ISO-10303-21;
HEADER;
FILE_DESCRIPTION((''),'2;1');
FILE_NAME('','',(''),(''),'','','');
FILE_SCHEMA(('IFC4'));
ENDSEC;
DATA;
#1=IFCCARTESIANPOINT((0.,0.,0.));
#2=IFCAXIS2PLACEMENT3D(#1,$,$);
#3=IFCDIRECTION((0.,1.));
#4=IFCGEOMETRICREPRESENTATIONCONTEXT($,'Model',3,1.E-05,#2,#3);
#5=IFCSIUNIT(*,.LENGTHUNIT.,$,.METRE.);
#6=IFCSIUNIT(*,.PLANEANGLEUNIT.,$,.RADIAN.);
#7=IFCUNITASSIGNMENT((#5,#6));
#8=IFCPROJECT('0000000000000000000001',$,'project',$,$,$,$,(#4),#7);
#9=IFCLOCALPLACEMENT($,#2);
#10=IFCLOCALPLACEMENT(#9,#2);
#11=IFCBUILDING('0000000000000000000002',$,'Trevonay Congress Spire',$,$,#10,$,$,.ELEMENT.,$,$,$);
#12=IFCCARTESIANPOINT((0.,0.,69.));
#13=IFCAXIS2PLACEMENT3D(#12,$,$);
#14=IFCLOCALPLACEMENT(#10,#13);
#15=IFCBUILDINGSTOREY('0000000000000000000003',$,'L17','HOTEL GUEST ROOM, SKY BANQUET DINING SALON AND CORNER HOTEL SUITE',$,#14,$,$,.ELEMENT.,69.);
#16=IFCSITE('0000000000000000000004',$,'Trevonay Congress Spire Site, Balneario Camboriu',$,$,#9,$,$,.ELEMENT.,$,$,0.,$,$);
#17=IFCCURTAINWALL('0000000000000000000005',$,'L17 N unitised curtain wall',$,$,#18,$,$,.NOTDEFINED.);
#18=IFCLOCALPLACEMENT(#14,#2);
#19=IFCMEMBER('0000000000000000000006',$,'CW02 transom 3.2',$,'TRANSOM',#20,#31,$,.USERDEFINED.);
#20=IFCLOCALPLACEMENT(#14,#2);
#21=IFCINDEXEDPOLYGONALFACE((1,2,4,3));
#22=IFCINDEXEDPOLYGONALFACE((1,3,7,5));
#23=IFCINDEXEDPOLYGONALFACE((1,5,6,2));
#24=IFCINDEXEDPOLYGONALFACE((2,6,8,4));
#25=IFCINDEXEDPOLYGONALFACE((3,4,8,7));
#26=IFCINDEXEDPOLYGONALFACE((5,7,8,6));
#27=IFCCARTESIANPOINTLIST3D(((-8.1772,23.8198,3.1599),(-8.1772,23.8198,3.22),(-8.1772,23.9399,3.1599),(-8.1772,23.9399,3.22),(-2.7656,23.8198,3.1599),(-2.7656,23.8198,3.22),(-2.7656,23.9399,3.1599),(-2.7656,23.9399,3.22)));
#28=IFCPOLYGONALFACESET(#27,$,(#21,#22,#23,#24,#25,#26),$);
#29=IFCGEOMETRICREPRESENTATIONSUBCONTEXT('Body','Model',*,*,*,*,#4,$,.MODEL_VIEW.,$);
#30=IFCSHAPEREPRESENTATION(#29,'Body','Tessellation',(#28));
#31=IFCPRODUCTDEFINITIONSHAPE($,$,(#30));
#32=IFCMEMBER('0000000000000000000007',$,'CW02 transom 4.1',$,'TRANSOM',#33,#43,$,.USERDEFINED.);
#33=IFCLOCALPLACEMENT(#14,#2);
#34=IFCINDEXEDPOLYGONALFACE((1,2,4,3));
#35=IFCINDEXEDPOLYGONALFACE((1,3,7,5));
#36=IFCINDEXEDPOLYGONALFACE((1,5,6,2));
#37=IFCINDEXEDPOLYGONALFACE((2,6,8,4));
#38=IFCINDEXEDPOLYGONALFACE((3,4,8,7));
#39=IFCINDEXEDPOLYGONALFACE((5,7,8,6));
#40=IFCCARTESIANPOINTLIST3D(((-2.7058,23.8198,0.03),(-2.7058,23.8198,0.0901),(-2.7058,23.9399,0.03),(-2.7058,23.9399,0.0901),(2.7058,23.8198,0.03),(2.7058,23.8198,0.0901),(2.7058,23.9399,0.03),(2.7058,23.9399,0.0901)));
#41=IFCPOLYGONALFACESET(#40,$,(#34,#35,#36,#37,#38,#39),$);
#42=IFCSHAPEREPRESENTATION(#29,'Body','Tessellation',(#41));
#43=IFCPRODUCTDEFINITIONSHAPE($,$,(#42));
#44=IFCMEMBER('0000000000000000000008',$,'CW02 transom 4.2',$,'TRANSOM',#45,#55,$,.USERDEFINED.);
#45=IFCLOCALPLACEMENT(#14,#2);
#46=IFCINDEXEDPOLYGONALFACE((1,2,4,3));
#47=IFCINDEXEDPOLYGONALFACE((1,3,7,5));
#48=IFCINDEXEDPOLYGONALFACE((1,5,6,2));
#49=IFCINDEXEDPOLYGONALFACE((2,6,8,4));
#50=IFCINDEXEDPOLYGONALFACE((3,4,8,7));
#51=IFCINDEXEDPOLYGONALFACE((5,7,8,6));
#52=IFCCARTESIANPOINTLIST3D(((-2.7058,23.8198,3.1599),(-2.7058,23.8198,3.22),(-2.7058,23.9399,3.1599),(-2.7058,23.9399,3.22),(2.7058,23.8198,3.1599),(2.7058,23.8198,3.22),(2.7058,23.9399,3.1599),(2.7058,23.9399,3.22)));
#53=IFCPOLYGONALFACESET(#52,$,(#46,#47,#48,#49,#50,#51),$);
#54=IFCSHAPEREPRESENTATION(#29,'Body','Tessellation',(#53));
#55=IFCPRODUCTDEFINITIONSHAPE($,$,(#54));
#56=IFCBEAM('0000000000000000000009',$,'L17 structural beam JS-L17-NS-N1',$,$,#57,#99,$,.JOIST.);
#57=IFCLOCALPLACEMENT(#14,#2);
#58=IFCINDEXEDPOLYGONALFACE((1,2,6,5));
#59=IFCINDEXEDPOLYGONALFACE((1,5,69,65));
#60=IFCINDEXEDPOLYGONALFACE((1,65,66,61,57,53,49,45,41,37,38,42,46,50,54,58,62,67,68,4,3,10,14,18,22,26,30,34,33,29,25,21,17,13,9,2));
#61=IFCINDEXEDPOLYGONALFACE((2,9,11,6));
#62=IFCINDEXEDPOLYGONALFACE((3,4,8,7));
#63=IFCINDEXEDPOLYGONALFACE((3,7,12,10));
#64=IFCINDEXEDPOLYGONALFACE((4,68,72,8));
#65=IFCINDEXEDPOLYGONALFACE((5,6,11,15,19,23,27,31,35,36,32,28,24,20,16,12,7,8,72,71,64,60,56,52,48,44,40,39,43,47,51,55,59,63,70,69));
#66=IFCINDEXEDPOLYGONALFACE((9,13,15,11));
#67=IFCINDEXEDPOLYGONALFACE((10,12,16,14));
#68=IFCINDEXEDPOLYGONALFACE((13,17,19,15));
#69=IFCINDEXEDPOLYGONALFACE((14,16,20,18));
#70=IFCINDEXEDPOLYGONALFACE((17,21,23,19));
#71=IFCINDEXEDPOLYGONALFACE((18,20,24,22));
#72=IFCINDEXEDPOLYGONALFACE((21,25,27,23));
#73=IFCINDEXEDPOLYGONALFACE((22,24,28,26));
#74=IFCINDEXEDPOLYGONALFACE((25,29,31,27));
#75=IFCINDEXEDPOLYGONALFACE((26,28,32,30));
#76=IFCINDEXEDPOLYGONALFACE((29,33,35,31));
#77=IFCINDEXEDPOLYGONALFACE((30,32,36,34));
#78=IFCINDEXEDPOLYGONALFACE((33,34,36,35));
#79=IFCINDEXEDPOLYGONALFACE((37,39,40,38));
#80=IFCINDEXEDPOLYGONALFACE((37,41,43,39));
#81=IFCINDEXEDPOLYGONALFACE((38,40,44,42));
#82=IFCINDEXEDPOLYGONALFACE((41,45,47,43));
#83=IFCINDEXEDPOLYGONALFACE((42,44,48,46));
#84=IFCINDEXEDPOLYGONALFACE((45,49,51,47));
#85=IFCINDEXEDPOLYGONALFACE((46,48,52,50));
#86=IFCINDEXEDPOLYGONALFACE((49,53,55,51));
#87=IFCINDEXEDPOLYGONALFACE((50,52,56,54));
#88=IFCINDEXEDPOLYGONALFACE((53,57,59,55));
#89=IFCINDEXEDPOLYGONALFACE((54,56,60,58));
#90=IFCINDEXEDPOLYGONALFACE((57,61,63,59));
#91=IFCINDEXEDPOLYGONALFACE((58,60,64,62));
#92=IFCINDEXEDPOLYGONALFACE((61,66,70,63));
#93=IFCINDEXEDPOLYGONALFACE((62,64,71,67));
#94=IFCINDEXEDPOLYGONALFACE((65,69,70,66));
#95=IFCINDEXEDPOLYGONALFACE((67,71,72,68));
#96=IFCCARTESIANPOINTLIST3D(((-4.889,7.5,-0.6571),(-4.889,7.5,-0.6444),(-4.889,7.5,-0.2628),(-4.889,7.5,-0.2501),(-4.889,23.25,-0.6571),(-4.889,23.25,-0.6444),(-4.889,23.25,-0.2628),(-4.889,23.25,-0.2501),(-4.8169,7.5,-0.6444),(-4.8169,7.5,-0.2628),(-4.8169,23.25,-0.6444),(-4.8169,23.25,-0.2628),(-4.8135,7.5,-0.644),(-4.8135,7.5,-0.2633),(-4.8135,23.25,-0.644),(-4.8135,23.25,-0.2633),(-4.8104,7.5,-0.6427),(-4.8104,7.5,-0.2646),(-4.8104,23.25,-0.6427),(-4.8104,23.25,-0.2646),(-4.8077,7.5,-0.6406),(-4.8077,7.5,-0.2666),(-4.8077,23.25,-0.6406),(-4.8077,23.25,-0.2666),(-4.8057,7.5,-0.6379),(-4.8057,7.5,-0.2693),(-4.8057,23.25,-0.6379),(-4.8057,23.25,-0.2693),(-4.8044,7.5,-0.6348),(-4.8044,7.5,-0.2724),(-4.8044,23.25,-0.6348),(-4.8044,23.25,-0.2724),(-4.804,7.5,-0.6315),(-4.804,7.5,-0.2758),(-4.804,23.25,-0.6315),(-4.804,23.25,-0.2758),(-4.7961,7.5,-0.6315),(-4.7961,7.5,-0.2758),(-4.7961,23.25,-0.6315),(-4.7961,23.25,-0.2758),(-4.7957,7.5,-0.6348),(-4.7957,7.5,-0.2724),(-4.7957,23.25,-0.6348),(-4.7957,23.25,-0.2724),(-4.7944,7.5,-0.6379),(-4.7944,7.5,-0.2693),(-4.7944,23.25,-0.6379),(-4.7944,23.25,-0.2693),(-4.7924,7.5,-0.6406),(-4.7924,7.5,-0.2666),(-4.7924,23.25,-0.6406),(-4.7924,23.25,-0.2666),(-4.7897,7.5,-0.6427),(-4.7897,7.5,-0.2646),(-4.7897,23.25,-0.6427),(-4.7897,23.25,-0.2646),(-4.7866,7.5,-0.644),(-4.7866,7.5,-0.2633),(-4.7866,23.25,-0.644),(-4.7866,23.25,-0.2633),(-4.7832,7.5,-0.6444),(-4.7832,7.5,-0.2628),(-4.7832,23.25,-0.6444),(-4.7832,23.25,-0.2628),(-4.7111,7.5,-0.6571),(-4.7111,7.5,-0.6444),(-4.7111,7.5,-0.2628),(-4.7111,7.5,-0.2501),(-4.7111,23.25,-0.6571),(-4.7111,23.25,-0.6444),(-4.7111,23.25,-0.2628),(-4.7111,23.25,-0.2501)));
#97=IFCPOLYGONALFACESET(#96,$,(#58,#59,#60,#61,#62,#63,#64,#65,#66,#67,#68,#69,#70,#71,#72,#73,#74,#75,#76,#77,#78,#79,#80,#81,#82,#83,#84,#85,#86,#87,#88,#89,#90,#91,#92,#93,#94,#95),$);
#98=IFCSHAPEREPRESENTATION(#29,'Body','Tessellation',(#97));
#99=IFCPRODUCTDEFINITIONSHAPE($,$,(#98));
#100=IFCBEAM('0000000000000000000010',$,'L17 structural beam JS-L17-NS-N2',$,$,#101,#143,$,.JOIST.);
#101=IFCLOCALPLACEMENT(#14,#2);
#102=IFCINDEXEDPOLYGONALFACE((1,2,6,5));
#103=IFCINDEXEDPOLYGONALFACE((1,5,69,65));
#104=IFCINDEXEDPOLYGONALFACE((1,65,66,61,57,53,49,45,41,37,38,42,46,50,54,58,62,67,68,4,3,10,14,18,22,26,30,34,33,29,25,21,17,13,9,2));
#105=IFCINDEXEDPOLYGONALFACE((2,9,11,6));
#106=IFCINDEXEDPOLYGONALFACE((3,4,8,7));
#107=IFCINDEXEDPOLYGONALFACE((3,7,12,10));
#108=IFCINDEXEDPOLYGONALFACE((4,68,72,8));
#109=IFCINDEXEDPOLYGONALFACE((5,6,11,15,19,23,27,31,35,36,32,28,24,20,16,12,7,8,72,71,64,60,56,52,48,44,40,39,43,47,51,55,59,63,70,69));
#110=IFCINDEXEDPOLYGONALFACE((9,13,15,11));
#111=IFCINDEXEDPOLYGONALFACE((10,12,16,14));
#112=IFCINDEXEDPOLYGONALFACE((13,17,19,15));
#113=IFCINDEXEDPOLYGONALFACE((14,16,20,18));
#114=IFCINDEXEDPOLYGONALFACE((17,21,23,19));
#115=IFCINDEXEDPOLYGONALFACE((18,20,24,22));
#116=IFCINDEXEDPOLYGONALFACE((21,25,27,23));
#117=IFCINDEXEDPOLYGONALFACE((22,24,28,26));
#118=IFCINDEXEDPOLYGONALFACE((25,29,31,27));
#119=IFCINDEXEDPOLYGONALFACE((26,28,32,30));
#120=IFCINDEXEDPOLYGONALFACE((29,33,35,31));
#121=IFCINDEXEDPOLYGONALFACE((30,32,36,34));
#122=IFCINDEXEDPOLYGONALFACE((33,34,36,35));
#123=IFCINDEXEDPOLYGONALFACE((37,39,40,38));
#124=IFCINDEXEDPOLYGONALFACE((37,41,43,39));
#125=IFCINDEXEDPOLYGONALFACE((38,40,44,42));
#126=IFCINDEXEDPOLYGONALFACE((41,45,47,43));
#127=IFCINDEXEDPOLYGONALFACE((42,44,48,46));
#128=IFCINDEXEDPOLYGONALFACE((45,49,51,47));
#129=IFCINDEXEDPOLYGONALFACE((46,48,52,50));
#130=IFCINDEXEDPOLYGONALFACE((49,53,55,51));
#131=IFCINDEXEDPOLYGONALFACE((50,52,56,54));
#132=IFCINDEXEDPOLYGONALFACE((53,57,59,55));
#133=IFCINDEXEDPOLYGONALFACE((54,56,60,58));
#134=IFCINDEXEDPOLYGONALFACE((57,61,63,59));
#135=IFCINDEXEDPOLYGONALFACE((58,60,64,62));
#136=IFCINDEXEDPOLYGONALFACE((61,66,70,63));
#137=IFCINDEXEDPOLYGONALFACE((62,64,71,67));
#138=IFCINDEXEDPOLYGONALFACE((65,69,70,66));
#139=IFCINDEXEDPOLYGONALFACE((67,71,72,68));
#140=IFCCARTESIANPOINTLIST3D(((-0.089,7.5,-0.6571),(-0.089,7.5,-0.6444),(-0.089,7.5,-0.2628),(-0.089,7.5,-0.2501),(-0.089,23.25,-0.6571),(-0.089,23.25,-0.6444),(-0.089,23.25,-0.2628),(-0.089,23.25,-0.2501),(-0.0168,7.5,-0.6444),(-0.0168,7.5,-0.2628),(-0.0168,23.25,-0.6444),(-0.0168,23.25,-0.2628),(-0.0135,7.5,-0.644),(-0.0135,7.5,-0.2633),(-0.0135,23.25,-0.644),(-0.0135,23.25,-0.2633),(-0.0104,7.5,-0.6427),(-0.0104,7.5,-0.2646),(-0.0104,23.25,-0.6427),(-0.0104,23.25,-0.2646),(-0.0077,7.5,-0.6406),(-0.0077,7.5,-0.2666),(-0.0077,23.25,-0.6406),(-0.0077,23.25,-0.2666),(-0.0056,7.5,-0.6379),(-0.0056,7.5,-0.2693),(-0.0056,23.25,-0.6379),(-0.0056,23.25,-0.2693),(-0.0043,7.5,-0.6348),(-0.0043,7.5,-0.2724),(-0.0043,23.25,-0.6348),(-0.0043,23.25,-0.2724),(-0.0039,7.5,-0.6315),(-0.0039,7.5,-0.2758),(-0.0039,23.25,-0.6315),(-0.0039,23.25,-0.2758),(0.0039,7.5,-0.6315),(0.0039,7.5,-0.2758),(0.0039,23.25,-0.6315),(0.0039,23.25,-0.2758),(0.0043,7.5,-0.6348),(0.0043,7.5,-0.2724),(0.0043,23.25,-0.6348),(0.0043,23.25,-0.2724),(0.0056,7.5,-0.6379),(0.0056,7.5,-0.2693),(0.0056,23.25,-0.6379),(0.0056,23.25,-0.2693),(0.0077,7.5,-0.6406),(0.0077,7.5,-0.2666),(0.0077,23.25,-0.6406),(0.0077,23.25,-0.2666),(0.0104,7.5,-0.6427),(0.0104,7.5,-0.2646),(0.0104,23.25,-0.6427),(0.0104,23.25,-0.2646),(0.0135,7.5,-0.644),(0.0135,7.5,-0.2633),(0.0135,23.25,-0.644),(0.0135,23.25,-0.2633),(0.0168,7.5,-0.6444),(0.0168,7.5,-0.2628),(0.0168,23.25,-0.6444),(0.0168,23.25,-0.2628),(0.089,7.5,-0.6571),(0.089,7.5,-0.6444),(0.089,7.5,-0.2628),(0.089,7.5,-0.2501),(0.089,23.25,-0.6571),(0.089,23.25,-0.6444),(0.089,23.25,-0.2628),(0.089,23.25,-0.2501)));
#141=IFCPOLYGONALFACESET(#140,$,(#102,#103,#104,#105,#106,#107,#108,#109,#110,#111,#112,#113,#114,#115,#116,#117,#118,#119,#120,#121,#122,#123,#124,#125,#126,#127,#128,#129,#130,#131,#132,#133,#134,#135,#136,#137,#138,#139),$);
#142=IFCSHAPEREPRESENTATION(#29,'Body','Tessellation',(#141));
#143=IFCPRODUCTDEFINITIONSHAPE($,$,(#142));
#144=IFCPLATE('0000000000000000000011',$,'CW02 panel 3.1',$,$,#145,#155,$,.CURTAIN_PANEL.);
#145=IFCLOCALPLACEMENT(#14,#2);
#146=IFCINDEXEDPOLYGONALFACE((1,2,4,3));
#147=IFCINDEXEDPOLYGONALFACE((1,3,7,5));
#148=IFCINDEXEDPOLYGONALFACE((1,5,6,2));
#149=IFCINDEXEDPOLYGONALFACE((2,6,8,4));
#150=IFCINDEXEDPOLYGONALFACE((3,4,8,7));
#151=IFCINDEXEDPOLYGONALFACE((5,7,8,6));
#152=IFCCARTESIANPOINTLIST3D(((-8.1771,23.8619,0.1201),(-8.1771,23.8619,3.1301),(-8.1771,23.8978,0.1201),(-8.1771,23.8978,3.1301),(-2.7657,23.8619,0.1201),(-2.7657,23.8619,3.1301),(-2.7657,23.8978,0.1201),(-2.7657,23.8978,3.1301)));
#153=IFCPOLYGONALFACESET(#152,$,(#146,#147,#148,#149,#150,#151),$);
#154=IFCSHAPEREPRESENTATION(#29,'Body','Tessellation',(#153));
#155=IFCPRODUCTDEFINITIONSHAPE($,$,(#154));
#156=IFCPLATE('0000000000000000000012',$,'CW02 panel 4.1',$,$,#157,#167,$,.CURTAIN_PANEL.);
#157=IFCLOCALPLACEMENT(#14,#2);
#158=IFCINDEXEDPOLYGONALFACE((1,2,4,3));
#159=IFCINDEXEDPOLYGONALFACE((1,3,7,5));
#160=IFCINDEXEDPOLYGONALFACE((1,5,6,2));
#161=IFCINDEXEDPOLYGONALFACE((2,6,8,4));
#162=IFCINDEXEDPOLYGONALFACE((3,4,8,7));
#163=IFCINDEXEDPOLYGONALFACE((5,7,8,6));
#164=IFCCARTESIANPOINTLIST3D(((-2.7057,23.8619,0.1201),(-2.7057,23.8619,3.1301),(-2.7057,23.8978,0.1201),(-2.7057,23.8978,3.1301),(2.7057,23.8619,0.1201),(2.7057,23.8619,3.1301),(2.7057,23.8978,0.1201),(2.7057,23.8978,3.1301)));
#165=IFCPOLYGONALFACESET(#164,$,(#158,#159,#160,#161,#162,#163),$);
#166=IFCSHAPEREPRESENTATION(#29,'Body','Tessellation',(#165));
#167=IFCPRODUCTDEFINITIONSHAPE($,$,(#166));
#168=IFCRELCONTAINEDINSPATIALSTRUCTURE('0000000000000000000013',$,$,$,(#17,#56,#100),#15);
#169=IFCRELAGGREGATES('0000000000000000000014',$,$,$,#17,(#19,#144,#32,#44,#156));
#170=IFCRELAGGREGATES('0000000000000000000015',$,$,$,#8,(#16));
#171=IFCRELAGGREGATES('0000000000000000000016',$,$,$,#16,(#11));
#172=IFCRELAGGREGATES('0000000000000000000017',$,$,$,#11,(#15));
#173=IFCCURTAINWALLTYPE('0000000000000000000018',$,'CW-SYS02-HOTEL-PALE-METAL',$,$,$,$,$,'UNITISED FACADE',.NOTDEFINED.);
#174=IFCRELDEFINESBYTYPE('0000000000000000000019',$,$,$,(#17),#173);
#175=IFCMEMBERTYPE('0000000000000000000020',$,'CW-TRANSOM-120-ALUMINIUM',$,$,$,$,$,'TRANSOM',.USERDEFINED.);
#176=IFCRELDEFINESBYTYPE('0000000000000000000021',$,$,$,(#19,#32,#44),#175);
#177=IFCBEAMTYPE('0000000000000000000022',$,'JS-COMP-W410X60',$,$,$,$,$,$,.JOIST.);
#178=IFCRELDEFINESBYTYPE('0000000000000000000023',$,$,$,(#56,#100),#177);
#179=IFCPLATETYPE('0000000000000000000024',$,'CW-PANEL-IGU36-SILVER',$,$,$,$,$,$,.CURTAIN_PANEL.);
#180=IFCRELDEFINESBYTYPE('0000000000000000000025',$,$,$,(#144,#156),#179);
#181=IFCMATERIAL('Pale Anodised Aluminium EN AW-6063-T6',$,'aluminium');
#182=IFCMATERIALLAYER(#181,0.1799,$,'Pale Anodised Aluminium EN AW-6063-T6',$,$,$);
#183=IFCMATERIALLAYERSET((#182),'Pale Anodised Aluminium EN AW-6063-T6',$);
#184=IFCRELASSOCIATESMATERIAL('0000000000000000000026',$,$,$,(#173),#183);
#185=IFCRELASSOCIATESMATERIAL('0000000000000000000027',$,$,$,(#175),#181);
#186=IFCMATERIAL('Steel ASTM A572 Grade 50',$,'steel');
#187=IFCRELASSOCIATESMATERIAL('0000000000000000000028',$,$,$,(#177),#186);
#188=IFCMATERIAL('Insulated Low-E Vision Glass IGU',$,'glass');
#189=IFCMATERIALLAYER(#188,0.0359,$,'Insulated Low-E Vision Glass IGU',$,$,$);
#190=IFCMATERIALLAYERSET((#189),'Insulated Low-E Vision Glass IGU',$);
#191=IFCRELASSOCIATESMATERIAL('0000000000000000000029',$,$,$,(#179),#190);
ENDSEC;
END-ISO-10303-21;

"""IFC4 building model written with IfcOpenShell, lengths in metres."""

from ifc_helpers import new_model, si_unit, direction, frame, origin, origin_2d, place, context, subcontext, project, spatial, rectangle, i_section, extrude, material, layer, layer_set, material_profile, profile_set, type_object, element, aggregate, save


model = new_model("IFC4")

# Units and contexts
model_context = context("Model", 3, precision=1e-05, world=origin(), true_north=direction((0.0, 1.0)))
body_context = subcontext(model_context, "Body", "Model", "MODEL_VIEW")
ifc_project = project(units=[si_unit("LENGTHUNIT", "METRE"), si_unit("PLANEANGLEUNIT", "RADIAN")], contexts=[model_context])

# Site, building, storey
site_placement = place(None, origin())
site = spatial("IfcSite", under=ifc_project, at=site_placement, Name="Trevonay Congress Spire Site, Balneario Camboriu", CompositionType="ELEMENT", RefElevation=0.0)
building_placement = place(site_placement, origin())
building = spatial("IfcBuilding", under=site, at=building_placement, Name="Trevonay Congress Spire", CompositionType="ELEMENT")
storey_placement = place(building_placement, frame((0.0, 0.0, 69.0)))
storey = spatial("IfcBuildingStorey", under=building, at=storey_placement, Name="L17", Description="HOTEL GUEST ROOM, SKY BANQUET DINING SALON AND CORNER HOTEL SUITE", CompositionType="ELEMENT", Elevation=69.0)

# Shared definitions
ifc_material_1 = material(Name="Steel ASTM A572 Grade 50", Category="steel")

# Curtain wall, members
ifc_material_2 = material(Name="Pale Anodised Aluminium EN AW-6063-T6", Category="aluminium")
ifc_layer_1 = layer(ifc_material_2, 0.1799, Name="Pale Anodised Aluminium EN AW-6063-T6")
ifc_layer_set_1 = layer_set([ifc_layer_1], Name="Pale Anodised Aluminium EN AW-6063-T6")
curtain_wall_type = type_object("IfcCurtainWallType", Name="CW-SYS02-HOTEL-PALE-METAL", ElementType="UNITISED FACADE", PredefinedType="NOTDEFINED", material=ifc_layer_set_1)
curtain_wall_placement = place(storey_placement, origin())
curtain_wall = element("IfcCurtainWall", 1, at=curtain_wall_placement, inside=storey, type_object=curtain_wall_type, Name="L17 N unitised curtain wall", PredefinedType="NOTDEFINED")
ifc_material_profile_1 = material_profile(ifc_material_2, rectangle(XDim=0.1201, YDim=0.0601, at=origin_2d()), Name="CW-TRANSOM-120-ALUMINIUM")
ifc_profile_set_1 = profile_set([ifc_material_profile_1], Name="Pale Anodised Aluminium EN AW-6063-T6")
member_type_1 = type_object("IfcMemberType", Name="CW-TRANSOM-120-ALUMINIUM", ElementType="TRANSOM", PredefinedType="USERDEFINED", material=ifc_profile_set_1)
member_1_placement = place(storey_placement, frame((-8.1772, 23.8799, 3.1899), z_axis=(1.0, 0.0, 0.0), x_axis=(0.0, 1.0, 0.0)))
member_1 = element("IfcMember", 2, at=member_1_placement, type_object=member_type_1, Name="CW02 transom 3.2", ObjectType="TRANSOM", PredefinedType="USERDEFINED", context=body_context, shape_type="SweptSolid", body=[
    extrude(rectangle(XDim=0.1201, YDim=0.0601, at=origin_2d()), origin(), (0.0, 0.0, 1.0), 5.4116),
])
member_2_placement = place(storey_placement, frame((-2.7058, 23.8799, 0.0601), z_axis=(1.0, 0.0, 0.0), x_axis=(0.0, 1.0, 0.0)))
member_2 = element("IfcMember", 3, at=member_2_placement, type_object=member_type_1, Name="CW02 transom 4.1", ObjectType="TRANSOM", PredefinedType="USERDEFINED", context=body_context, shape_type="SweptSolid", body=[
    extrude(rectangle(XDim=0.1201, YDim=0.0601, at=origin_2d()), origin(), (0.0, 0.0, 1.0), 5.4116),
])
member_3_placement = place(storey_placement, frame((-2.7058, 23.8799, 3.1899), z_axis=(1.0, 0.0, 0.0), x_axis=(0.0, 1.0, 0.0)))
member_3 = element("IfcMember", 4, at=member_3_placement, type_object=member_type_1, Name="CW02 transom 4.2", ObjectType="TRANSOM", PredefinedType="USERDEFINED", context=body_context, shape_type="SweptSolid", body=[
    extrude(rectangle(XDim=0.1201, YDim=0.0601, at=origin_2d()), origin(), (0.0, 0.0, 1.0), 5.4116),
])

# Beams
ifc_material_profile_2 = material_profile(ifc_material_1, i_section(OverallWidth=0.178, OverallDepth=0.407, WebThickness=0.0078, FlangeThickness=0.0127, FilletRadius=0.0129, at=origin_2d()), Name="W410x60")
ifc_profile_set_2 = profile_set([ifc_material_profile_2], Name="Steel ASTM A572 Grade 50")
beam_type_1 = type_object("IfcBeamType", Name="JS-COMP-W410X60", PredefinedType="JOIST", material=ifc_profile_set_2)
for number, where, z_axis, x_axis, name in (
    (5, (-4.8, 7.5, -0.4536), (0.0, 1.0, 0.0), (-1.0, 0.0, 0.0), "L17 structural beam JS-L17-NS-N1"),
    (6, (0.0, 7.5, -0.4536), (0.0, 1.0, 0.0), (-1.0, 0.0, 0.0), "L17 structural beam JS-L17-NS-N2"),
):
    element("IfcBeam", number, at=place(storey_placement, frame(where, z_axis=z_axis, x_axis=x_axis)), inside=storey, type_object=beam_type_1, Name=name, PredefinedType="JOIST", context=body_context, shape_type="SweptSolid", body=[
        extrude(i_section(OverallWidth=0.178, OverallDepth=0.407, WebThickness=0.0078, FlangeThickness=0.0127, FilletRadius=0.0129, at=origin_2d()), origin(), (0.0, 0.0, 1.0), 15.75),
    ])

# Plates
ifc_material_3 = material(Name="Insulated Low-E Vision Glass IGU", Category="glass")
ifc_layer_2 = layer(ifc_material_3, 0.0359, Name="Insulated Low-E Vision Glass IGU")
ifc_layer_set_2 = layer_set([ifc_layer_2], Name="Insulated Low-E Vision Glass IGU")
plate_type = type_object("IfcPlateType", Name="CW-PANEL-IGU36-SILVER", PredefinedType="CURTAIN_PANEL", material=ifc_layer_set_2)
plate_1_placement = place(storey_placement, frame((-5.4714, 23.8799, 0.1201), z_axis=(0.0, 0.0, 1.0), x_axis=(1.0, 0.0, 0.0)))
plate_1 = element("IfcPlate", 7, at=plate_1_placement, type_object=plate_type, Name="CW02 panel 3.1", PredefinedType="CURTAIN_PANEL", context=body_context, shape_type="SweptSolid", body=[
    extrude(rectangle(XDim=5.4114, YDim=0.0359, at=origin_2d()), origin(), (0.0, 0.0, 1.0), 3.01),
])
plate_2_placement = place(storey_placement, frame((0.0, 23.8799, 0.1201), z_axis=(0.0, 0.0, 1.0), x_axis=(1.0, 0.0, 0.0)))
plate_2 = element("IfcPlate", 8, at=plate_2_placement, type_object=plate_type, Name="CW02 panel 4.1", PredefinedType="CURTAIN_PANEL", context=body_context, shape_type="SweptSolid", body=[
    extrude(rectangle(XDim=5.4114, YDim=0.0359, at=origin_2d()), origin(), (0.0, 0.0, 1.0), 3.01),
])
aggregate(curtain_wall, [member_1, plate_1, member_2, member_3, plate_2])

save(model, "model.ifc")
